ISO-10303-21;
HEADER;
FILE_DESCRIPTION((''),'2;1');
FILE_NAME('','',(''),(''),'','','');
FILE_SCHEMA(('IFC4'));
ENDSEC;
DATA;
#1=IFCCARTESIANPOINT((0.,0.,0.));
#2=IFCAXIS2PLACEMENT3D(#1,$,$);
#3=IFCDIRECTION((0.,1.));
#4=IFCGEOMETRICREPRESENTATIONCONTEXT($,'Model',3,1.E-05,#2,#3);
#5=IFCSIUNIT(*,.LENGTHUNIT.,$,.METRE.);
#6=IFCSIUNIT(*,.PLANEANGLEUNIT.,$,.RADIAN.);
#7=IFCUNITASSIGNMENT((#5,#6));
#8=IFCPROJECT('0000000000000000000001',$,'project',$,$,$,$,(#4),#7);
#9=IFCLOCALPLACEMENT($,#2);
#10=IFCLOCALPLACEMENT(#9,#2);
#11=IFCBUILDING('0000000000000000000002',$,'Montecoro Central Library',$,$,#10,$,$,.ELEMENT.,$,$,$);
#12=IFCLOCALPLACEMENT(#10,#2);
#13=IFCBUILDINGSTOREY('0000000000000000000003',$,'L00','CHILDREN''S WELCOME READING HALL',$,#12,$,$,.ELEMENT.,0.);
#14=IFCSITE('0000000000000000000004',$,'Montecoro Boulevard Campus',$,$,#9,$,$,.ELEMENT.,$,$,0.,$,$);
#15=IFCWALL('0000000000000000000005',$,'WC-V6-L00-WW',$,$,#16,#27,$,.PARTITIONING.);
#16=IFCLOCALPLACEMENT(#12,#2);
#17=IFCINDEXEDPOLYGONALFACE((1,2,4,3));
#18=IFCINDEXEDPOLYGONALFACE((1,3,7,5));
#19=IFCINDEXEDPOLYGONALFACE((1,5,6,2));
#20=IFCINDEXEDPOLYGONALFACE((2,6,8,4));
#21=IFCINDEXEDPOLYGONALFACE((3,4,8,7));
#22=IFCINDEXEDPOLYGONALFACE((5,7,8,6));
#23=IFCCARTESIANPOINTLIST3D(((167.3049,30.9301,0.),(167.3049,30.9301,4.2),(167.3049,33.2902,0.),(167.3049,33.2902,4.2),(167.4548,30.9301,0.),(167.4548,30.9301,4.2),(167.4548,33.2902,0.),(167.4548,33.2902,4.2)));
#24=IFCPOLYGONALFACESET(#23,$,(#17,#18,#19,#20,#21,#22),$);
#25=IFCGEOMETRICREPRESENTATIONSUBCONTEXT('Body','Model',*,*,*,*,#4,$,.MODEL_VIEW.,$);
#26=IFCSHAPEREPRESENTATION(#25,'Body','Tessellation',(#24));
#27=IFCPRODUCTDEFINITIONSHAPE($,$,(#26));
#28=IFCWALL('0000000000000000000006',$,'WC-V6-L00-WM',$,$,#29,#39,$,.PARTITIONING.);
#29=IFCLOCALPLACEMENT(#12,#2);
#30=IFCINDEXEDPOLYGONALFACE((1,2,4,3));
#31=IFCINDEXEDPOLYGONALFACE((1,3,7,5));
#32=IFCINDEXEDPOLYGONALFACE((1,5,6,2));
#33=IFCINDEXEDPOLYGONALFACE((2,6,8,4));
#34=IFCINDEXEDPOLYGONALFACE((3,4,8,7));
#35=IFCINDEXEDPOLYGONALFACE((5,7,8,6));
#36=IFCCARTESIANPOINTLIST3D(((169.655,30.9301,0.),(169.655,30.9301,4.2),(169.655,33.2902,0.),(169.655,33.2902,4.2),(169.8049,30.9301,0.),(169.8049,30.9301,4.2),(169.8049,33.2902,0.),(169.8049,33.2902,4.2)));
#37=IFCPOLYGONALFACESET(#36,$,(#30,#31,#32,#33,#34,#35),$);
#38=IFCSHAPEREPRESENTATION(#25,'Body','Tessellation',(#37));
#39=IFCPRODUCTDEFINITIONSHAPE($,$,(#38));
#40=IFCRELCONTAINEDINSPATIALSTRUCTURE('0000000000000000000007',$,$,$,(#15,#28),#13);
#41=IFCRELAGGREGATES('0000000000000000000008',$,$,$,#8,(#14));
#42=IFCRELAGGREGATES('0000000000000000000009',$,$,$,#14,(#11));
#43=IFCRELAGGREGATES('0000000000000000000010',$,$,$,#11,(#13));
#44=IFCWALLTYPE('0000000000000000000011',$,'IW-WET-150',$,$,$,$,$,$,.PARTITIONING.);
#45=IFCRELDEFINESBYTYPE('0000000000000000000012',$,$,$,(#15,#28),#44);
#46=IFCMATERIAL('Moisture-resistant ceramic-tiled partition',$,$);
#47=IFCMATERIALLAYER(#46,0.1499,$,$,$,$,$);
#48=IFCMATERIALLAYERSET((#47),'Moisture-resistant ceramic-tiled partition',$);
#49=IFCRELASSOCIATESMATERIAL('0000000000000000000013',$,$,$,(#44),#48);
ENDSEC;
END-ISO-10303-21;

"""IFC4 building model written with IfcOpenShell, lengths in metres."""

from ifc_helpers import new_model, si_unit, direction, frame, frame_2d, origin, place, context, subcontext, project, spatial, rectangle, extrude, material, layer, layer_set, type_object, element, save


model = new_model("IFC4")

# Units and contexts
model_context = context("Model", 3, precision=1e-05, world=origin(), true_north=direction((0.0, 1.0)))
body_context = subcontext(model_context, "Body", "Model", "MODEL_VIEW")
ifc_project = project(units=[si_unit("LENGTHUNIT", "METRE"), si_unit("PLANEANGLEUNIT", "RADIAN")], contexts=[model_context])

# Site, building, storey
site_placement = place(None, origin())
site = spatial("IfcSite", under=ifc_project, at=site_placement, Name="Montecoro Boulevard Campus", CompositionType="ELEMENT", RefElevation=0.0)
building_placement = place(site_placement, origin())
building = spatial("IfcBuilding", under=site, at=building_placement, Name="Montecoro Central Library", CompositionType="ELEMENT")
storey_placement = place(building_placement, origin())
storey = spatial("IfcBuildingStorey", under=building, at=storey_placement, Name="L00", Description="CHILDREN'S WELCOME READING HALL", CompositionType="ELEMENT", Elevation=0.0)

# Walls
ifc_material_1 = material(Name="Moisture-resistant ceramic-tiled partition")
ifc_layer_1 = layer(ifc_material_1, 0.1499)
ifc_layer_set_1 = layer_set([ifc_layer_1], Name="Moisture-resistant ceramic-tiled partition")
wall_type_1 = type_object("IfcWallType", Name="IW-WET-150", PredefinedType="PARTITIONING", material=ifc_layer_set_1)
for number, where, z_axis, x_axis, name in (
    (1, (167.3799, 30.9299, 0.0), (0.0, 0.0, 1.0), (0.0, 1.0, 0.0), "WC-V6-L00-WW"),
    (2, (169.73, 30.9299, 0.0), (0.0, 0.0, 1.0), (0.0, 1.0, 0.0), "WC-V6-L00-WM"),
):
    element("IfcWall", number, at=place(storey_placement, frame(where, z_axis=z_axis, x_axis=x_axis)), inside=storey, type_object=wall_type_1, Name=name, PredefinedType="PARTITIONING", context=body_context, shape_type="SweptSolid", body=[
        extrude(rectangle(XDim=2.3601, YDim=0.1499, at=frame_2d((1.1802, 0.0))), origin(), (0.0, 0.0, 1.0), 4.2),
    ])

save(model, "model.ifc")
